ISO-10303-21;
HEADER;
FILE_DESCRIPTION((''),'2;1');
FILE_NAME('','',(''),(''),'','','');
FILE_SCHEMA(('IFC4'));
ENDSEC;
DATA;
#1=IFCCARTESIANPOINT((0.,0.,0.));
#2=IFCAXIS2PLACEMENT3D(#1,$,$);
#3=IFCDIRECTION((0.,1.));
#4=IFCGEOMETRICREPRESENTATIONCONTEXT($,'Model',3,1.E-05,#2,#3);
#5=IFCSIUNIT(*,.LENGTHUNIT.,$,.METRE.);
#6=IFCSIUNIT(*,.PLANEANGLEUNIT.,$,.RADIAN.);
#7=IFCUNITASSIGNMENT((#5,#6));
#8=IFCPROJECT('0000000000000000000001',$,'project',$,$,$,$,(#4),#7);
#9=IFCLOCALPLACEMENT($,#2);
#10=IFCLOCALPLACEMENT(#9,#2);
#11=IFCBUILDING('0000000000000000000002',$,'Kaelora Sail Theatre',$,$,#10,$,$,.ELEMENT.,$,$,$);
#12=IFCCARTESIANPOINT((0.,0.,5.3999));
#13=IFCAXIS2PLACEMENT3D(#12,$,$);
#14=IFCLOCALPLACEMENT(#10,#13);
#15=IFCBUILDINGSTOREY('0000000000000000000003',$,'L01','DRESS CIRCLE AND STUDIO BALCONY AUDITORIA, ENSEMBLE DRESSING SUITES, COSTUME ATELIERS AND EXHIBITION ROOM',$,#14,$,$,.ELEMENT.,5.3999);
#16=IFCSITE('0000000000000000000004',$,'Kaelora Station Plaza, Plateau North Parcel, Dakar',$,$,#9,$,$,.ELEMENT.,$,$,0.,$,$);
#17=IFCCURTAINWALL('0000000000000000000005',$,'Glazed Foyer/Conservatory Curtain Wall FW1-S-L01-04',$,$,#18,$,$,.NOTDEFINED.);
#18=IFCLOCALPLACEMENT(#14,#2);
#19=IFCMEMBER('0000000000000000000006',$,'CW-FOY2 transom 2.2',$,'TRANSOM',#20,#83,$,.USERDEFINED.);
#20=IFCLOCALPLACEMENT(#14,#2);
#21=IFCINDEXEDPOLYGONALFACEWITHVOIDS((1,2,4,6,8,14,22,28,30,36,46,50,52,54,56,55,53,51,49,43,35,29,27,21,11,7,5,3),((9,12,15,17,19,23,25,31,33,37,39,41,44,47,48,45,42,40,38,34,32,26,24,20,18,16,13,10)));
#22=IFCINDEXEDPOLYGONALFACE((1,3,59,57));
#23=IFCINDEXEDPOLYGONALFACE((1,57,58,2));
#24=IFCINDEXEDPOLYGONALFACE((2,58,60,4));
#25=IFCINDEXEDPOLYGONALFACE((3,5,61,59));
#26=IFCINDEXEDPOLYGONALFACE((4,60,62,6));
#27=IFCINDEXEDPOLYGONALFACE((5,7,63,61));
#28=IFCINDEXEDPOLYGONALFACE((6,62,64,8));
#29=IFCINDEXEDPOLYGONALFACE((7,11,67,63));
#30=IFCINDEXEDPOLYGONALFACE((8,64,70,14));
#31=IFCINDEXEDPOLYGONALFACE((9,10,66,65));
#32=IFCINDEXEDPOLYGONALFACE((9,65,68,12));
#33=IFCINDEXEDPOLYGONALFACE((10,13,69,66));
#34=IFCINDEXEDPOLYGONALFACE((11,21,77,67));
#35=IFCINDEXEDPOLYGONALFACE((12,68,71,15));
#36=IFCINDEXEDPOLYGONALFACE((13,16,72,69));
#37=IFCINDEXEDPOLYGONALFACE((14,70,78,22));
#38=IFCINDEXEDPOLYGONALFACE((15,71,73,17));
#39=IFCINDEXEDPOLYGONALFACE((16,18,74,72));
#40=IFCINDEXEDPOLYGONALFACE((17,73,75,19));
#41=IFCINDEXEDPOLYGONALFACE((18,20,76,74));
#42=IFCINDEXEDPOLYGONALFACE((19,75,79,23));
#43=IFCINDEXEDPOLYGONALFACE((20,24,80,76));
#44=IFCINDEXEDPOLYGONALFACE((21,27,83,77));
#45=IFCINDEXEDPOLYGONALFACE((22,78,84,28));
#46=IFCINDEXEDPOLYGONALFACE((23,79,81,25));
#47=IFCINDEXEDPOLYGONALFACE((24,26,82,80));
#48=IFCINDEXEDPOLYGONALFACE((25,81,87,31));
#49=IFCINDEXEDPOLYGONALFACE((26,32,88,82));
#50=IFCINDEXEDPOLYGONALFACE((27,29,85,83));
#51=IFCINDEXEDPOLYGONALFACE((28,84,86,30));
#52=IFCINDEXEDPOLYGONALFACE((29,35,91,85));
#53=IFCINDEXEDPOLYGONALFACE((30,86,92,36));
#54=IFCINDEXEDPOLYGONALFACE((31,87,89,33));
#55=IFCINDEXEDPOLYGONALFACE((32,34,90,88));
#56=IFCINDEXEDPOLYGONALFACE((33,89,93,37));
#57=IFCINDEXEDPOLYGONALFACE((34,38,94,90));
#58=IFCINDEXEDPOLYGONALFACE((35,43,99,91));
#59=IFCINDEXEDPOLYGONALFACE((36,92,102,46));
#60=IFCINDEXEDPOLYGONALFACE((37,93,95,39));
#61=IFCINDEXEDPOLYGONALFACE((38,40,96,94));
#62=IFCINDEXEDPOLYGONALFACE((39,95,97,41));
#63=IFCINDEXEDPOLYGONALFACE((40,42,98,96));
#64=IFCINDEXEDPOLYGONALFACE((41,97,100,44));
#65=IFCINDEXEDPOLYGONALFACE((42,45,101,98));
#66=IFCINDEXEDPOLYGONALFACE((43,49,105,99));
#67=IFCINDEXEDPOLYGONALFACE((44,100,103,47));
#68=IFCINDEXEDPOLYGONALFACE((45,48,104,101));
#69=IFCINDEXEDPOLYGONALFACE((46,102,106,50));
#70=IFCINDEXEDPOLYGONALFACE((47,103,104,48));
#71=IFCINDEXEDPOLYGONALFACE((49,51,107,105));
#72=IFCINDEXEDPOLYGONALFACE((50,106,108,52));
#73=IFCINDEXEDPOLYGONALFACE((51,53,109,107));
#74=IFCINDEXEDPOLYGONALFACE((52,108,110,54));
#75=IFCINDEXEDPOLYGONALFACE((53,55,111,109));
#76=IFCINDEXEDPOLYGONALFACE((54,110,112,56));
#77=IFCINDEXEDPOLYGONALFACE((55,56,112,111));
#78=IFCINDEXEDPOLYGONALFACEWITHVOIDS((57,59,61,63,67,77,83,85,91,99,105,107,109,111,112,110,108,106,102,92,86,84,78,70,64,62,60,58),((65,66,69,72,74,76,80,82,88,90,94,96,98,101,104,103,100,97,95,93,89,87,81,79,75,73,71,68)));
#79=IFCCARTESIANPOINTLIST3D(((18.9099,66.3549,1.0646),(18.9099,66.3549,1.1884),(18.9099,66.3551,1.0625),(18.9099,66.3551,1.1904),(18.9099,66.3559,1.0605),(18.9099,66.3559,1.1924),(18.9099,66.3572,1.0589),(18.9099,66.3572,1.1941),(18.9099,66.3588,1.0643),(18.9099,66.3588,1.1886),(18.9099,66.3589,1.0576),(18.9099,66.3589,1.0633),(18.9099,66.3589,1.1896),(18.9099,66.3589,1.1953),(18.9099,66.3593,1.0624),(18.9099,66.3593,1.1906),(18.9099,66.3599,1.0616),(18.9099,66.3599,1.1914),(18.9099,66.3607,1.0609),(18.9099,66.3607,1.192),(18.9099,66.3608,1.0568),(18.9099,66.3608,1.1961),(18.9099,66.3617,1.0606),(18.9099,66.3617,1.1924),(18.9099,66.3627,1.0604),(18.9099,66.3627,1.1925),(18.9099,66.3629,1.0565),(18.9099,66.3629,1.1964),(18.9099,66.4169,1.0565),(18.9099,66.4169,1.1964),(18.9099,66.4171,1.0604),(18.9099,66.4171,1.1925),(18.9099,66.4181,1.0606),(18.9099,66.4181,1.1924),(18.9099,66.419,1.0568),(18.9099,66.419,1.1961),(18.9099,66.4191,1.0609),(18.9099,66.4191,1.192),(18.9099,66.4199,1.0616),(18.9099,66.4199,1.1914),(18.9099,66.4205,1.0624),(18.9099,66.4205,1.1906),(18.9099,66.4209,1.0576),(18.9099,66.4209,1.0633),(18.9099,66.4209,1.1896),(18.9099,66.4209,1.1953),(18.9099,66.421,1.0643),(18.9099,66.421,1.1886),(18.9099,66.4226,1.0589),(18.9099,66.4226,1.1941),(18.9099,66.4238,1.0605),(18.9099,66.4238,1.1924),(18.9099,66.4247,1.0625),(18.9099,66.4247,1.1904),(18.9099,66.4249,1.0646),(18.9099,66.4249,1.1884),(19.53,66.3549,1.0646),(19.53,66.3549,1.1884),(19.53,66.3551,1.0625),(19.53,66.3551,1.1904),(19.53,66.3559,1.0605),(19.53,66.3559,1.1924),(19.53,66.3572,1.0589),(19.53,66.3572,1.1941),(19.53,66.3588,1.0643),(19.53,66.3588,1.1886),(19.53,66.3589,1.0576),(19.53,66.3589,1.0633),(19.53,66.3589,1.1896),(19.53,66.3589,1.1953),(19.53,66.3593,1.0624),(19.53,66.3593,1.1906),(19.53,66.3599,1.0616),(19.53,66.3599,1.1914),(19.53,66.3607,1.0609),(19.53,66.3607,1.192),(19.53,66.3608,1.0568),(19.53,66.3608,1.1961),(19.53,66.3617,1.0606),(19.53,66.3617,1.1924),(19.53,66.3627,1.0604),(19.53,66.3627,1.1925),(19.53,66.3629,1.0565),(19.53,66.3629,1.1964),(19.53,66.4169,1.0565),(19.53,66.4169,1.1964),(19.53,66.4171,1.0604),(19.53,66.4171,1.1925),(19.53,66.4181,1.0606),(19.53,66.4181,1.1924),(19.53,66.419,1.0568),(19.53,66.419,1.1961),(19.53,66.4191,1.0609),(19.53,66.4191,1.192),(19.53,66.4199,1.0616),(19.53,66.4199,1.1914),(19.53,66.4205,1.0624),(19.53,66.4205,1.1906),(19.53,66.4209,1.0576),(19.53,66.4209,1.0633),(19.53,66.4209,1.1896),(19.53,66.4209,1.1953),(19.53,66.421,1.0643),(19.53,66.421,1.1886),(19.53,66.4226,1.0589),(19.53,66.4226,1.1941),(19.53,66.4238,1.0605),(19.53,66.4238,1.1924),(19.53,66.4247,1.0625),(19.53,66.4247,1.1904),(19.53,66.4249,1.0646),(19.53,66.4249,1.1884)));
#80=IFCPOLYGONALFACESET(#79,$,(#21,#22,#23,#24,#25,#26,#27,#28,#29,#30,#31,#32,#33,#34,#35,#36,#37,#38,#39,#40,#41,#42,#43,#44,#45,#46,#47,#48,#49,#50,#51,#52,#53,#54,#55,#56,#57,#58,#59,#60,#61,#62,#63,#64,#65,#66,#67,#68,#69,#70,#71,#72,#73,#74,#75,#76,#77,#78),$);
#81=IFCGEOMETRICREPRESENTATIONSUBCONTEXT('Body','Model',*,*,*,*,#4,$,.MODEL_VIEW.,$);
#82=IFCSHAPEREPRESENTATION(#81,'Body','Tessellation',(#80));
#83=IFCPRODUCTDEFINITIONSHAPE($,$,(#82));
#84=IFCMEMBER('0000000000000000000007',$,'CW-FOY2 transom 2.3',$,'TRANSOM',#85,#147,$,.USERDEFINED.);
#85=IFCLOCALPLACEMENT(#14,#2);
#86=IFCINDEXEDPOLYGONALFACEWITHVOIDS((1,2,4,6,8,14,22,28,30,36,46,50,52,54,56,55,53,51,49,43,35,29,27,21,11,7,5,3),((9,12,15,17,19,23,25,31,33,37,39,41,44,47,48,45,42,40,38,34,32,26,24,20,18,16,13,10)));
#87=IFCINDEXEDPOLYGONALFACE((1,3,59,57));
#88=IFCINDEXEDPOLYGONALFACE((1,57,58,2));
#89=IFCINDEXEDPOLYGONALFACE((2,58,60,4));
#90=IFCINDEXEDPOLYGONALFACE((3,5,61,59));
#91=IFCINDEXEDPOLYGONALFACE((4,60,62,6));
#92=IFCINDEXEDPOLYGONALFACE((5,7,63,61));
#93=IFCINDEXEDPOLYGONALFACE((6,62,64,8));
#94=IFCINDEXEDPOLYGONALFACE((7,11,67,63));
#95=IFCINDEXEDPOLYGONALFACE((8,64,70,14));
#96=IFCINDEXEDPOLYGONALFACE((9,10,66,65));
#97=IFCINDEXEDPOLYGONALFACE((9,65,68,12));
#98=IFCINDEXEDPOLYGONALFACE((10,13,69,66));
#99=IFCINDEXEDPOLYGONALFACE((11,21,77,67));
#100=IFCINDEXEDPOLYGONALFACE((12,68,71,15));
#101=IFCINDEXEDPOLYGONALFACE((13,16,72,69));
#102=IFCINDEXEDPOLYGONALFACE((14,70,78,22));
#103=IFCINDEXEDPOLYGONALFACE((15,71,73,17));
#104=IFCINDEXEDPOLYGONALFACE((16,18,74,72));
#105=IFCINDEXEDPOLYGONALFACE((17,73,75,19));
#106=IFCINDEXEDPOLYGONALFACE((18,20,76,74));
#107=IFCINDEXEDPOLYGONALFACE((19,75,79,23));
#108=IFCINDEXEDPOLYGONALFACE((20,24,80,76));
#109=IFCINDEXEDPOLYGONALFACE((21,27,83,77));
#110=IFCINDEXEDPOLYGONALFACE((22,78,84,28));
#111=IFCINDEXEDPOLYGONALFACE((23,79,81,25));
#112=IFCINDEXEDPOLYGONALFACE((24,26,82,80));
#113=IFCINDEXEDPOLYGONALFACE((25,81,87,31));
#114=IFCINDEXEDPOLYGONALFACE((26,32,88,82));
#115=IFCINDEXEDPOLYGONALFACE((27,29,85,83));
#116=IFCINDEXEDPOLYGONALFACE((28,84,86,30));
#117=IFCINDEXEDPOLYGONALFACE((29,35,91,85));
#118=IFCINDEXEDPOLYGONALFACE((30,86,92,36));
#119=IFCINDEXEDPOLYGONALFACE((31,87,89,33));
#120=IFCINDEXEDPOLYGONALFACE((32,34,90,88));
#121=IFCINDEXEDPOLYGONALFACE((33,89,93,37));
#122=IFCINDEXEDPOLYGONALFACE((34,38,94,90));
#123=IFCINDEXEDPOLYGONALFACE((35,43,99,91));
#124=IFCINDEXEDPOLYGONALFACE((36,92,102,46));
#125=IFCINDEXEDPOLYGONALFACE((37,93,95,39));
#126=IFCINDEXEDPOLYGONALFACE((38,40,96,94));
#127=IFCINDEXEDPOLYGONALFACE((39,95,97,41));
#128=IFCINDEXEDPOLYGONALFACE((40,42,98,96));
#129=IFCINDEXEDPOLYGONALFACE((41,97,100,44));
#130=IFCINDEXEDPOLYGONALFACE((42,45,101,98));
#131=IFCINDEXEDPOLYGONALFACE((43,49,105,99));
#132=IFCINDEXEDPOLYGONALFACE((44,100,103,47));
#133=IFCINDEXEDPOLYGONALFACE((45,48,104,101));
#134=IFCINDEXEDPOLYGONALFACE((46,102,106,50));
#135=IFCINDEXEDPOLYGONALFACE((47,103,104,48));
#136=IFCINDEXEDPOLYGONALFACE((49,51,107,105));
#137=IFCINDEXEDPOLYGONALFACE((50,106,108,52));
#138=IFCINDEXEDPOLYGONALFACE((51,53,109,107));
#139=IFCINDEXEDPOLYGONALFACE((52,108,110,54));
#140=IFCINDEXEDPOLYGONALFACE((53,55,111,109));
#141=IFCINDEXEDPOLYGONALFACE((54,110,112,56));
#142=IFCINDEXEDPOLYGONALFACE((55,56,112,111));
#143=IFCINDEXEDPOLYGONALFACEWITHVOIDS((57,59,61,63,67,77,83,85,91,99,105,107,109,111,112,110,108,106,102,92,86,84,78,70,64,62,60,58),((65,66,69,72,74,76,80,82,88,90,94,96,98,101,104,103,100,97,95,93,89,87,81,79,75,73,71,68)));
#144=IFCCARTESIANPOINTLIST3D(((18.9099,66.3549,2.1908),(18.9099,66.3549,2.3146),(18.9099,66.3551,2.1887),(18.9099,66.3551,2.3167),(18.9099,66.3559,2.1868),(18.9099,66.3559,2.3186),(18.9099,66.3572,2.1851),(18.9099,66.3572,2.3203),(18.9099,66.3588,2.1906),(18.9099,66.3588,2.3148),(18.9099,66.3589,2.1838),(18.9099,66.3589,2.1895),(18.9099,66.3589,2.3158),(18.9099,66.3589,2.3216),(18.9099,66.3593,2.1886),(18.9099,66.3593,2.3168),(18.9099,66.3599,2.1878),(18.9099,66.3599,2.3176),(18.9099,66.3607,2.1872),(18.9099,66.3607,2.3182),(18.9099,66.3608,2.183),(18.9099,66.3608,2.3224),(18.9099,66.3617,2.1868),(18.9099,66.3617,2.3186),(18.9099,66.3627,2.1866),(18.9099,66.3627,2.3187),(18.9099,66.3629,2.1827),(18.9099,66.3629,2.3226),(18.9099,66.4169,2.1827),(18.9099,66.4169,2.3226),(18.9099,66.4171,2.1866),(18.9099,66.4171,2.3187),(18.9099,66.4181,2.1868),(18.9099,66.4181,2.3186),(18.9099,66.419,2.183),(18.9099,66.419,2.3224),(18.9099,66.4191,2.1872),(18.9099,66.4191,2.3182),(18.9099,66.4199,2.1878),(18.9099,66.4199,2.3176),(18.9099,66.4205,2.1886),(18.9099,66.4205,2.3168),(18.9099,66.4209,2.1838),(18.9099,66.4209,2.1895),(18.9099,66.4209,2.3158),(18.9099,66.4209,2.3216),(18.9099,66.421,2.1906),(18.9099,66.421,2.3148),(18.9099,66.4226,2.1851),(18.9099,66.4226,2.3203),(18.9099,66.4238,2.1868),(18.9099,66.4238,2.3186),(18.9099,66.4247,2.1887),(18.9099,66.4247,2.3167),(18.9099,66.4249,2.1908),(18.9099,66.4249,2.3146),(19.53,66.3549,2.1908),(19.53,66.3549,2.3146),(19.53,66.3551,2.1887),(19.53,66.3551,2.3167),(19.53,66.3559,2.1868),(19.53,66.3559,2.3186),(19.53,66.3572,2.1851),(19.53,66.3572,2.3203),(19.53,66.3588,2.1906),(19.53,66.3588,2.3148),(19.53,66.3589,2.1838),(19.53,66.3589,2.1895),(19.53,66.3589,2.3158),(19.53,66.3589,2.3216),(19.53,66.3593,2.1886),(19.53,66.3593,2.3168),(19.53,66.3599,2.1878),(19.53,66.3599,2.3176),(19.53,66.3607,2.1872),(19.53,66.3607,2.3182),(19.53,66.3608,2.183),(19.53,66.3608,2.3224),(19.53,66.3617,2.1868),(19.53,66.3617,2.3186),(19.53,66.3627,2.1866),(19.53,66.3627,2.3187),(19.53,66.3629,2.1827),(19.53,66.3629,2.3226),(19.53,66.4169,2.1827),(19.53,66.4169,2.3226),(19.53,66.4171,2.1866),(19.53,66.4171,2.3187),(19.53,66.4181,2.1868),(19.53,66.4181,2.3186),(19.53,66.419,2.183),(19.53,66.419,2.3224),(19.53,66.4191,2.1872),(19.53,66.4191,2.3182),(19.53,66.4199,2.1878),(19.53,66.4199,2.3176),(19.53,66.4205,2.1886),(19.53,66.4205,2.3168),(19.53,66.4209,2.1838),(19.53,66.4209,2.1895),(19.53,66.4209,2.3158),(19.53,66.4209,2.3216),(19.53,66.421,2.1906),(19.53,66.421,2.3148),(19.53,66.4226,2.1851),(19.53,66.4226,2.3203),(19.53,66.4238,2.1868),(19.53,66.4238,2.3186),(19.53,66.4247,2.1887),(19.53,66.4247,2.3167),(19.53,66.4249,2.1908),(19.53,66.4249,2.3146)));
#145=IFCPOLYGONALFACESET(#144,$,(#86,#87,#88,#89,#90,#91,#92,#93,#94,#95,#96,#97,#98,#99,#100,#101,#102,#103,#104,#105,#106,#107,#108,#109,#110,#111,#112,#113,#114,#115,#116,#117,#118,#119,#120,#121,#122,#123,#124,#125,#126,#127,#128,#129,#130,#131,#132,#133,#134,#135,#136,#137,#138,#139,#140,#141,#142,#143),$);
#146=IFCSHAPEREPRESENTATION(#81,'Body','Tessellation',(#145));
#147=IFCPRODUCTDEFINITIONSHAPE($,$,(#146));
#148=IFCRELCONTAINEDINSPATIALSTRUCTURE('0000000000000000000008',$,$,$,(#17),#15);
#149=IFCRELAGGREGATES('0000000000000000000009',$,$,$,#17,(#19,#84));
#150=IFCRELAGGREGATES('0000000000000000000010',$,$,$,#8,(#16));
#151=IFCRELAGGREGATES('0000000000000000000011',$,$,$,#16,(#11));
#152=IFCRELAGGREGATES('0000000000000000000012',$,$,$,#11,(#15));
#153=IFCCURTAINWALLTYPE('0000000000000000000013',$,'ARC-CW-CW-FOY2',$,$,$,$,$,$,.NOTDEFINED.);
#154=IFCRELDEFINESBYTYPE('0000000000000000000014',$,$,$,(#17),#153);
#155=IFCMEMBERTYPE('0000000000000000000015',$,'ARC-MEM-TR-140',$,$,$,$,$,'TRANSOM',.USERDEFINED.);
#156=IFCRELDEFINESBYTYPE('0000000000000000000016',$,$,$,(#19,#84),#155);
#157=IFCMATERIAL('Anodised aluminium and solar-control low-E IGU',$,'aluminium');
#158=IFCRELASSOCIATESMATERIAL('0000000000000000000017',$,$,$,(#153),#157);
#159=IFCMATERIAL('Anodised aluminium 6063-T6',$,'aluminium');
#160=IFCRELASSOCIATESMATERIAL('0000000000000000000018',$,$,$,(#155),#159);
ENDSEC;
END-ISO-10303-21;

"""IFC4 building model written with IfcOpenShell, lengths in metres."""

from ifc_helpers import new_model, si_unit, direction, frame, origin, origin_2d, place, context, subcontext, project, spatial, hollow_rectangle, extrude, material, material_profile, profile_set, type_object, element, aggregate, save


model = new_model("IFC4")

# Units and contexts
model_context = context("Model", 3, precision=1e-05, world=origin(), true_north=direction((0.0, 1.0)))
body_context = subcontext(model_context, "Body", "Model", "MODEL_VIEW")
ifc_project = project(units=[si_unit("LENGTHUNIT", "METRE"), si_unit("PLANEANGLEUNIT", "RADIAN")], contexts=[model_context])

# Site, building, storey
site_placement = place(None, origin())
site = spatial("IfcSite", under=ifc_project, at=site_placement, Name="Kaelora Station Plaza, Plateau North Parcel, Dakar", CompositionType="ELEMENT", RefElevation=0.0)
building_placement = place(site_placement, origin())
building = spatial("IfcBuilding", under=site, at=building_placement, Name="Kaelora Sail Theatre", CompositionType="ELEMENT")
storey_placement = place(building_placement, frame((0.0, 0.0, 5.3999)))
storey = spatial("IfcBuildingStorey", under=building, at=storey_placement, Name="L01", Description="DRESS CIRCLE AND STUDIO BALCONY AUDITORIA, ENSEMBLE DRESSING SUITES, COSTUME ATELIERS AND EXHIBITION ROOM", CompositionType="ELEMENT", Elevation=5.3999)

# Curtain wall, members
ifc_material_1 = material(Name="Anodised aluminium and solar-control low-E IGU", Category="aluminium")
curtain_wall_type = type_object("IfcCurtainWallType", Name="ARC-CW-CW-FOY2", PredefinedType="NOTDEFINED", material=ifc_material_1)
curtain_wall_placement = place(storey_placement, origin())
curtain_wall = element("IfcCurtainWall", 1, at=curtain_wall_placement, inside=storey, type_object=curtain_wall_type, Name="Glazed Foyer/Conservatory Curtain Wall FW1-S-L01-04", PredefinedType="NOTDEFINED")
ifc_material_2 = material(Name="Anodised aluminium 6063-T6", Category="aluminium")
ifc_material_profile_1 = material_profile(ifc_material_2, hollow_rectangle(XDim=0.0701, YDim=0.1399, WallThickness=0.0039, InnerFilletRadius=0.0039, OuterFilletRadius=0.0081, at=origin_2d()), Name="ALU-TRAN 70x140x4")
ifc_profile_set_1 = profile_set([ifc_material_profile_1], Name="Anodised aluminium 6063-T6")
member_type_1 = type_object("IfcMemberType", Name="ARC-MEM-TR-140", ElementType="TRANSOM", PredefinedType="USERDEFINED", material=ifc_profile_set_1)
member_1_placement = place(storey_placement, frame((18.9099, 66.3899, 1.1265), z_axis=(1.0, 0.0, 0.0), x_axis=(0.0, 1.0, 0.0)))
member_1 = element("IfcMember", 2, at=member_1_placement, type_object=member_type_1, Name="CW-FOY2 transom 2.2", ObjectType="TRANSOM", PredefinedType="USERDEFINED", context=body_context, shape_type="SweptSolid", body=[
    extrude(hollow_rectangle(XDim=0.0701, YDim=0.1399, WallThickness=0.0039, InnerFilletRadius=0.0039, OuterFilletRadius=0.0081, at=origin_2d()), origin(), (0.0, 0.0, 1.0), 0.6201),
])
member_2_placement = place(storey_placement, frame((18.9099, 66.3899, 2.2527), z_axis=(1.0, 0.0, 0.0), x_axis=(0.0, 1.0, 0.0)))
member_2 = element("IfcMember", 3, at=member_2_placement, type_object=member_type_1, Name="CW-FOY2 transom 2.3", ObjectType="TRANSOM", PredefinedType="USERDEFINED", context=body_context, shape_type="SweptSolid", body=[
    extrude(hollow_rectangle(XDim=0.0701, YDim=0.1399, WallThickness=0.0039, InnerFilletRadius=0.0039, OuterFilletRadius=0.0081, at=origin_2d()), origin(), (0.0, 0.0, 1.0), 0.6201),
])
aggregate(curtain_wall, [member_1, member_2])

save(model, "model.ifc")
